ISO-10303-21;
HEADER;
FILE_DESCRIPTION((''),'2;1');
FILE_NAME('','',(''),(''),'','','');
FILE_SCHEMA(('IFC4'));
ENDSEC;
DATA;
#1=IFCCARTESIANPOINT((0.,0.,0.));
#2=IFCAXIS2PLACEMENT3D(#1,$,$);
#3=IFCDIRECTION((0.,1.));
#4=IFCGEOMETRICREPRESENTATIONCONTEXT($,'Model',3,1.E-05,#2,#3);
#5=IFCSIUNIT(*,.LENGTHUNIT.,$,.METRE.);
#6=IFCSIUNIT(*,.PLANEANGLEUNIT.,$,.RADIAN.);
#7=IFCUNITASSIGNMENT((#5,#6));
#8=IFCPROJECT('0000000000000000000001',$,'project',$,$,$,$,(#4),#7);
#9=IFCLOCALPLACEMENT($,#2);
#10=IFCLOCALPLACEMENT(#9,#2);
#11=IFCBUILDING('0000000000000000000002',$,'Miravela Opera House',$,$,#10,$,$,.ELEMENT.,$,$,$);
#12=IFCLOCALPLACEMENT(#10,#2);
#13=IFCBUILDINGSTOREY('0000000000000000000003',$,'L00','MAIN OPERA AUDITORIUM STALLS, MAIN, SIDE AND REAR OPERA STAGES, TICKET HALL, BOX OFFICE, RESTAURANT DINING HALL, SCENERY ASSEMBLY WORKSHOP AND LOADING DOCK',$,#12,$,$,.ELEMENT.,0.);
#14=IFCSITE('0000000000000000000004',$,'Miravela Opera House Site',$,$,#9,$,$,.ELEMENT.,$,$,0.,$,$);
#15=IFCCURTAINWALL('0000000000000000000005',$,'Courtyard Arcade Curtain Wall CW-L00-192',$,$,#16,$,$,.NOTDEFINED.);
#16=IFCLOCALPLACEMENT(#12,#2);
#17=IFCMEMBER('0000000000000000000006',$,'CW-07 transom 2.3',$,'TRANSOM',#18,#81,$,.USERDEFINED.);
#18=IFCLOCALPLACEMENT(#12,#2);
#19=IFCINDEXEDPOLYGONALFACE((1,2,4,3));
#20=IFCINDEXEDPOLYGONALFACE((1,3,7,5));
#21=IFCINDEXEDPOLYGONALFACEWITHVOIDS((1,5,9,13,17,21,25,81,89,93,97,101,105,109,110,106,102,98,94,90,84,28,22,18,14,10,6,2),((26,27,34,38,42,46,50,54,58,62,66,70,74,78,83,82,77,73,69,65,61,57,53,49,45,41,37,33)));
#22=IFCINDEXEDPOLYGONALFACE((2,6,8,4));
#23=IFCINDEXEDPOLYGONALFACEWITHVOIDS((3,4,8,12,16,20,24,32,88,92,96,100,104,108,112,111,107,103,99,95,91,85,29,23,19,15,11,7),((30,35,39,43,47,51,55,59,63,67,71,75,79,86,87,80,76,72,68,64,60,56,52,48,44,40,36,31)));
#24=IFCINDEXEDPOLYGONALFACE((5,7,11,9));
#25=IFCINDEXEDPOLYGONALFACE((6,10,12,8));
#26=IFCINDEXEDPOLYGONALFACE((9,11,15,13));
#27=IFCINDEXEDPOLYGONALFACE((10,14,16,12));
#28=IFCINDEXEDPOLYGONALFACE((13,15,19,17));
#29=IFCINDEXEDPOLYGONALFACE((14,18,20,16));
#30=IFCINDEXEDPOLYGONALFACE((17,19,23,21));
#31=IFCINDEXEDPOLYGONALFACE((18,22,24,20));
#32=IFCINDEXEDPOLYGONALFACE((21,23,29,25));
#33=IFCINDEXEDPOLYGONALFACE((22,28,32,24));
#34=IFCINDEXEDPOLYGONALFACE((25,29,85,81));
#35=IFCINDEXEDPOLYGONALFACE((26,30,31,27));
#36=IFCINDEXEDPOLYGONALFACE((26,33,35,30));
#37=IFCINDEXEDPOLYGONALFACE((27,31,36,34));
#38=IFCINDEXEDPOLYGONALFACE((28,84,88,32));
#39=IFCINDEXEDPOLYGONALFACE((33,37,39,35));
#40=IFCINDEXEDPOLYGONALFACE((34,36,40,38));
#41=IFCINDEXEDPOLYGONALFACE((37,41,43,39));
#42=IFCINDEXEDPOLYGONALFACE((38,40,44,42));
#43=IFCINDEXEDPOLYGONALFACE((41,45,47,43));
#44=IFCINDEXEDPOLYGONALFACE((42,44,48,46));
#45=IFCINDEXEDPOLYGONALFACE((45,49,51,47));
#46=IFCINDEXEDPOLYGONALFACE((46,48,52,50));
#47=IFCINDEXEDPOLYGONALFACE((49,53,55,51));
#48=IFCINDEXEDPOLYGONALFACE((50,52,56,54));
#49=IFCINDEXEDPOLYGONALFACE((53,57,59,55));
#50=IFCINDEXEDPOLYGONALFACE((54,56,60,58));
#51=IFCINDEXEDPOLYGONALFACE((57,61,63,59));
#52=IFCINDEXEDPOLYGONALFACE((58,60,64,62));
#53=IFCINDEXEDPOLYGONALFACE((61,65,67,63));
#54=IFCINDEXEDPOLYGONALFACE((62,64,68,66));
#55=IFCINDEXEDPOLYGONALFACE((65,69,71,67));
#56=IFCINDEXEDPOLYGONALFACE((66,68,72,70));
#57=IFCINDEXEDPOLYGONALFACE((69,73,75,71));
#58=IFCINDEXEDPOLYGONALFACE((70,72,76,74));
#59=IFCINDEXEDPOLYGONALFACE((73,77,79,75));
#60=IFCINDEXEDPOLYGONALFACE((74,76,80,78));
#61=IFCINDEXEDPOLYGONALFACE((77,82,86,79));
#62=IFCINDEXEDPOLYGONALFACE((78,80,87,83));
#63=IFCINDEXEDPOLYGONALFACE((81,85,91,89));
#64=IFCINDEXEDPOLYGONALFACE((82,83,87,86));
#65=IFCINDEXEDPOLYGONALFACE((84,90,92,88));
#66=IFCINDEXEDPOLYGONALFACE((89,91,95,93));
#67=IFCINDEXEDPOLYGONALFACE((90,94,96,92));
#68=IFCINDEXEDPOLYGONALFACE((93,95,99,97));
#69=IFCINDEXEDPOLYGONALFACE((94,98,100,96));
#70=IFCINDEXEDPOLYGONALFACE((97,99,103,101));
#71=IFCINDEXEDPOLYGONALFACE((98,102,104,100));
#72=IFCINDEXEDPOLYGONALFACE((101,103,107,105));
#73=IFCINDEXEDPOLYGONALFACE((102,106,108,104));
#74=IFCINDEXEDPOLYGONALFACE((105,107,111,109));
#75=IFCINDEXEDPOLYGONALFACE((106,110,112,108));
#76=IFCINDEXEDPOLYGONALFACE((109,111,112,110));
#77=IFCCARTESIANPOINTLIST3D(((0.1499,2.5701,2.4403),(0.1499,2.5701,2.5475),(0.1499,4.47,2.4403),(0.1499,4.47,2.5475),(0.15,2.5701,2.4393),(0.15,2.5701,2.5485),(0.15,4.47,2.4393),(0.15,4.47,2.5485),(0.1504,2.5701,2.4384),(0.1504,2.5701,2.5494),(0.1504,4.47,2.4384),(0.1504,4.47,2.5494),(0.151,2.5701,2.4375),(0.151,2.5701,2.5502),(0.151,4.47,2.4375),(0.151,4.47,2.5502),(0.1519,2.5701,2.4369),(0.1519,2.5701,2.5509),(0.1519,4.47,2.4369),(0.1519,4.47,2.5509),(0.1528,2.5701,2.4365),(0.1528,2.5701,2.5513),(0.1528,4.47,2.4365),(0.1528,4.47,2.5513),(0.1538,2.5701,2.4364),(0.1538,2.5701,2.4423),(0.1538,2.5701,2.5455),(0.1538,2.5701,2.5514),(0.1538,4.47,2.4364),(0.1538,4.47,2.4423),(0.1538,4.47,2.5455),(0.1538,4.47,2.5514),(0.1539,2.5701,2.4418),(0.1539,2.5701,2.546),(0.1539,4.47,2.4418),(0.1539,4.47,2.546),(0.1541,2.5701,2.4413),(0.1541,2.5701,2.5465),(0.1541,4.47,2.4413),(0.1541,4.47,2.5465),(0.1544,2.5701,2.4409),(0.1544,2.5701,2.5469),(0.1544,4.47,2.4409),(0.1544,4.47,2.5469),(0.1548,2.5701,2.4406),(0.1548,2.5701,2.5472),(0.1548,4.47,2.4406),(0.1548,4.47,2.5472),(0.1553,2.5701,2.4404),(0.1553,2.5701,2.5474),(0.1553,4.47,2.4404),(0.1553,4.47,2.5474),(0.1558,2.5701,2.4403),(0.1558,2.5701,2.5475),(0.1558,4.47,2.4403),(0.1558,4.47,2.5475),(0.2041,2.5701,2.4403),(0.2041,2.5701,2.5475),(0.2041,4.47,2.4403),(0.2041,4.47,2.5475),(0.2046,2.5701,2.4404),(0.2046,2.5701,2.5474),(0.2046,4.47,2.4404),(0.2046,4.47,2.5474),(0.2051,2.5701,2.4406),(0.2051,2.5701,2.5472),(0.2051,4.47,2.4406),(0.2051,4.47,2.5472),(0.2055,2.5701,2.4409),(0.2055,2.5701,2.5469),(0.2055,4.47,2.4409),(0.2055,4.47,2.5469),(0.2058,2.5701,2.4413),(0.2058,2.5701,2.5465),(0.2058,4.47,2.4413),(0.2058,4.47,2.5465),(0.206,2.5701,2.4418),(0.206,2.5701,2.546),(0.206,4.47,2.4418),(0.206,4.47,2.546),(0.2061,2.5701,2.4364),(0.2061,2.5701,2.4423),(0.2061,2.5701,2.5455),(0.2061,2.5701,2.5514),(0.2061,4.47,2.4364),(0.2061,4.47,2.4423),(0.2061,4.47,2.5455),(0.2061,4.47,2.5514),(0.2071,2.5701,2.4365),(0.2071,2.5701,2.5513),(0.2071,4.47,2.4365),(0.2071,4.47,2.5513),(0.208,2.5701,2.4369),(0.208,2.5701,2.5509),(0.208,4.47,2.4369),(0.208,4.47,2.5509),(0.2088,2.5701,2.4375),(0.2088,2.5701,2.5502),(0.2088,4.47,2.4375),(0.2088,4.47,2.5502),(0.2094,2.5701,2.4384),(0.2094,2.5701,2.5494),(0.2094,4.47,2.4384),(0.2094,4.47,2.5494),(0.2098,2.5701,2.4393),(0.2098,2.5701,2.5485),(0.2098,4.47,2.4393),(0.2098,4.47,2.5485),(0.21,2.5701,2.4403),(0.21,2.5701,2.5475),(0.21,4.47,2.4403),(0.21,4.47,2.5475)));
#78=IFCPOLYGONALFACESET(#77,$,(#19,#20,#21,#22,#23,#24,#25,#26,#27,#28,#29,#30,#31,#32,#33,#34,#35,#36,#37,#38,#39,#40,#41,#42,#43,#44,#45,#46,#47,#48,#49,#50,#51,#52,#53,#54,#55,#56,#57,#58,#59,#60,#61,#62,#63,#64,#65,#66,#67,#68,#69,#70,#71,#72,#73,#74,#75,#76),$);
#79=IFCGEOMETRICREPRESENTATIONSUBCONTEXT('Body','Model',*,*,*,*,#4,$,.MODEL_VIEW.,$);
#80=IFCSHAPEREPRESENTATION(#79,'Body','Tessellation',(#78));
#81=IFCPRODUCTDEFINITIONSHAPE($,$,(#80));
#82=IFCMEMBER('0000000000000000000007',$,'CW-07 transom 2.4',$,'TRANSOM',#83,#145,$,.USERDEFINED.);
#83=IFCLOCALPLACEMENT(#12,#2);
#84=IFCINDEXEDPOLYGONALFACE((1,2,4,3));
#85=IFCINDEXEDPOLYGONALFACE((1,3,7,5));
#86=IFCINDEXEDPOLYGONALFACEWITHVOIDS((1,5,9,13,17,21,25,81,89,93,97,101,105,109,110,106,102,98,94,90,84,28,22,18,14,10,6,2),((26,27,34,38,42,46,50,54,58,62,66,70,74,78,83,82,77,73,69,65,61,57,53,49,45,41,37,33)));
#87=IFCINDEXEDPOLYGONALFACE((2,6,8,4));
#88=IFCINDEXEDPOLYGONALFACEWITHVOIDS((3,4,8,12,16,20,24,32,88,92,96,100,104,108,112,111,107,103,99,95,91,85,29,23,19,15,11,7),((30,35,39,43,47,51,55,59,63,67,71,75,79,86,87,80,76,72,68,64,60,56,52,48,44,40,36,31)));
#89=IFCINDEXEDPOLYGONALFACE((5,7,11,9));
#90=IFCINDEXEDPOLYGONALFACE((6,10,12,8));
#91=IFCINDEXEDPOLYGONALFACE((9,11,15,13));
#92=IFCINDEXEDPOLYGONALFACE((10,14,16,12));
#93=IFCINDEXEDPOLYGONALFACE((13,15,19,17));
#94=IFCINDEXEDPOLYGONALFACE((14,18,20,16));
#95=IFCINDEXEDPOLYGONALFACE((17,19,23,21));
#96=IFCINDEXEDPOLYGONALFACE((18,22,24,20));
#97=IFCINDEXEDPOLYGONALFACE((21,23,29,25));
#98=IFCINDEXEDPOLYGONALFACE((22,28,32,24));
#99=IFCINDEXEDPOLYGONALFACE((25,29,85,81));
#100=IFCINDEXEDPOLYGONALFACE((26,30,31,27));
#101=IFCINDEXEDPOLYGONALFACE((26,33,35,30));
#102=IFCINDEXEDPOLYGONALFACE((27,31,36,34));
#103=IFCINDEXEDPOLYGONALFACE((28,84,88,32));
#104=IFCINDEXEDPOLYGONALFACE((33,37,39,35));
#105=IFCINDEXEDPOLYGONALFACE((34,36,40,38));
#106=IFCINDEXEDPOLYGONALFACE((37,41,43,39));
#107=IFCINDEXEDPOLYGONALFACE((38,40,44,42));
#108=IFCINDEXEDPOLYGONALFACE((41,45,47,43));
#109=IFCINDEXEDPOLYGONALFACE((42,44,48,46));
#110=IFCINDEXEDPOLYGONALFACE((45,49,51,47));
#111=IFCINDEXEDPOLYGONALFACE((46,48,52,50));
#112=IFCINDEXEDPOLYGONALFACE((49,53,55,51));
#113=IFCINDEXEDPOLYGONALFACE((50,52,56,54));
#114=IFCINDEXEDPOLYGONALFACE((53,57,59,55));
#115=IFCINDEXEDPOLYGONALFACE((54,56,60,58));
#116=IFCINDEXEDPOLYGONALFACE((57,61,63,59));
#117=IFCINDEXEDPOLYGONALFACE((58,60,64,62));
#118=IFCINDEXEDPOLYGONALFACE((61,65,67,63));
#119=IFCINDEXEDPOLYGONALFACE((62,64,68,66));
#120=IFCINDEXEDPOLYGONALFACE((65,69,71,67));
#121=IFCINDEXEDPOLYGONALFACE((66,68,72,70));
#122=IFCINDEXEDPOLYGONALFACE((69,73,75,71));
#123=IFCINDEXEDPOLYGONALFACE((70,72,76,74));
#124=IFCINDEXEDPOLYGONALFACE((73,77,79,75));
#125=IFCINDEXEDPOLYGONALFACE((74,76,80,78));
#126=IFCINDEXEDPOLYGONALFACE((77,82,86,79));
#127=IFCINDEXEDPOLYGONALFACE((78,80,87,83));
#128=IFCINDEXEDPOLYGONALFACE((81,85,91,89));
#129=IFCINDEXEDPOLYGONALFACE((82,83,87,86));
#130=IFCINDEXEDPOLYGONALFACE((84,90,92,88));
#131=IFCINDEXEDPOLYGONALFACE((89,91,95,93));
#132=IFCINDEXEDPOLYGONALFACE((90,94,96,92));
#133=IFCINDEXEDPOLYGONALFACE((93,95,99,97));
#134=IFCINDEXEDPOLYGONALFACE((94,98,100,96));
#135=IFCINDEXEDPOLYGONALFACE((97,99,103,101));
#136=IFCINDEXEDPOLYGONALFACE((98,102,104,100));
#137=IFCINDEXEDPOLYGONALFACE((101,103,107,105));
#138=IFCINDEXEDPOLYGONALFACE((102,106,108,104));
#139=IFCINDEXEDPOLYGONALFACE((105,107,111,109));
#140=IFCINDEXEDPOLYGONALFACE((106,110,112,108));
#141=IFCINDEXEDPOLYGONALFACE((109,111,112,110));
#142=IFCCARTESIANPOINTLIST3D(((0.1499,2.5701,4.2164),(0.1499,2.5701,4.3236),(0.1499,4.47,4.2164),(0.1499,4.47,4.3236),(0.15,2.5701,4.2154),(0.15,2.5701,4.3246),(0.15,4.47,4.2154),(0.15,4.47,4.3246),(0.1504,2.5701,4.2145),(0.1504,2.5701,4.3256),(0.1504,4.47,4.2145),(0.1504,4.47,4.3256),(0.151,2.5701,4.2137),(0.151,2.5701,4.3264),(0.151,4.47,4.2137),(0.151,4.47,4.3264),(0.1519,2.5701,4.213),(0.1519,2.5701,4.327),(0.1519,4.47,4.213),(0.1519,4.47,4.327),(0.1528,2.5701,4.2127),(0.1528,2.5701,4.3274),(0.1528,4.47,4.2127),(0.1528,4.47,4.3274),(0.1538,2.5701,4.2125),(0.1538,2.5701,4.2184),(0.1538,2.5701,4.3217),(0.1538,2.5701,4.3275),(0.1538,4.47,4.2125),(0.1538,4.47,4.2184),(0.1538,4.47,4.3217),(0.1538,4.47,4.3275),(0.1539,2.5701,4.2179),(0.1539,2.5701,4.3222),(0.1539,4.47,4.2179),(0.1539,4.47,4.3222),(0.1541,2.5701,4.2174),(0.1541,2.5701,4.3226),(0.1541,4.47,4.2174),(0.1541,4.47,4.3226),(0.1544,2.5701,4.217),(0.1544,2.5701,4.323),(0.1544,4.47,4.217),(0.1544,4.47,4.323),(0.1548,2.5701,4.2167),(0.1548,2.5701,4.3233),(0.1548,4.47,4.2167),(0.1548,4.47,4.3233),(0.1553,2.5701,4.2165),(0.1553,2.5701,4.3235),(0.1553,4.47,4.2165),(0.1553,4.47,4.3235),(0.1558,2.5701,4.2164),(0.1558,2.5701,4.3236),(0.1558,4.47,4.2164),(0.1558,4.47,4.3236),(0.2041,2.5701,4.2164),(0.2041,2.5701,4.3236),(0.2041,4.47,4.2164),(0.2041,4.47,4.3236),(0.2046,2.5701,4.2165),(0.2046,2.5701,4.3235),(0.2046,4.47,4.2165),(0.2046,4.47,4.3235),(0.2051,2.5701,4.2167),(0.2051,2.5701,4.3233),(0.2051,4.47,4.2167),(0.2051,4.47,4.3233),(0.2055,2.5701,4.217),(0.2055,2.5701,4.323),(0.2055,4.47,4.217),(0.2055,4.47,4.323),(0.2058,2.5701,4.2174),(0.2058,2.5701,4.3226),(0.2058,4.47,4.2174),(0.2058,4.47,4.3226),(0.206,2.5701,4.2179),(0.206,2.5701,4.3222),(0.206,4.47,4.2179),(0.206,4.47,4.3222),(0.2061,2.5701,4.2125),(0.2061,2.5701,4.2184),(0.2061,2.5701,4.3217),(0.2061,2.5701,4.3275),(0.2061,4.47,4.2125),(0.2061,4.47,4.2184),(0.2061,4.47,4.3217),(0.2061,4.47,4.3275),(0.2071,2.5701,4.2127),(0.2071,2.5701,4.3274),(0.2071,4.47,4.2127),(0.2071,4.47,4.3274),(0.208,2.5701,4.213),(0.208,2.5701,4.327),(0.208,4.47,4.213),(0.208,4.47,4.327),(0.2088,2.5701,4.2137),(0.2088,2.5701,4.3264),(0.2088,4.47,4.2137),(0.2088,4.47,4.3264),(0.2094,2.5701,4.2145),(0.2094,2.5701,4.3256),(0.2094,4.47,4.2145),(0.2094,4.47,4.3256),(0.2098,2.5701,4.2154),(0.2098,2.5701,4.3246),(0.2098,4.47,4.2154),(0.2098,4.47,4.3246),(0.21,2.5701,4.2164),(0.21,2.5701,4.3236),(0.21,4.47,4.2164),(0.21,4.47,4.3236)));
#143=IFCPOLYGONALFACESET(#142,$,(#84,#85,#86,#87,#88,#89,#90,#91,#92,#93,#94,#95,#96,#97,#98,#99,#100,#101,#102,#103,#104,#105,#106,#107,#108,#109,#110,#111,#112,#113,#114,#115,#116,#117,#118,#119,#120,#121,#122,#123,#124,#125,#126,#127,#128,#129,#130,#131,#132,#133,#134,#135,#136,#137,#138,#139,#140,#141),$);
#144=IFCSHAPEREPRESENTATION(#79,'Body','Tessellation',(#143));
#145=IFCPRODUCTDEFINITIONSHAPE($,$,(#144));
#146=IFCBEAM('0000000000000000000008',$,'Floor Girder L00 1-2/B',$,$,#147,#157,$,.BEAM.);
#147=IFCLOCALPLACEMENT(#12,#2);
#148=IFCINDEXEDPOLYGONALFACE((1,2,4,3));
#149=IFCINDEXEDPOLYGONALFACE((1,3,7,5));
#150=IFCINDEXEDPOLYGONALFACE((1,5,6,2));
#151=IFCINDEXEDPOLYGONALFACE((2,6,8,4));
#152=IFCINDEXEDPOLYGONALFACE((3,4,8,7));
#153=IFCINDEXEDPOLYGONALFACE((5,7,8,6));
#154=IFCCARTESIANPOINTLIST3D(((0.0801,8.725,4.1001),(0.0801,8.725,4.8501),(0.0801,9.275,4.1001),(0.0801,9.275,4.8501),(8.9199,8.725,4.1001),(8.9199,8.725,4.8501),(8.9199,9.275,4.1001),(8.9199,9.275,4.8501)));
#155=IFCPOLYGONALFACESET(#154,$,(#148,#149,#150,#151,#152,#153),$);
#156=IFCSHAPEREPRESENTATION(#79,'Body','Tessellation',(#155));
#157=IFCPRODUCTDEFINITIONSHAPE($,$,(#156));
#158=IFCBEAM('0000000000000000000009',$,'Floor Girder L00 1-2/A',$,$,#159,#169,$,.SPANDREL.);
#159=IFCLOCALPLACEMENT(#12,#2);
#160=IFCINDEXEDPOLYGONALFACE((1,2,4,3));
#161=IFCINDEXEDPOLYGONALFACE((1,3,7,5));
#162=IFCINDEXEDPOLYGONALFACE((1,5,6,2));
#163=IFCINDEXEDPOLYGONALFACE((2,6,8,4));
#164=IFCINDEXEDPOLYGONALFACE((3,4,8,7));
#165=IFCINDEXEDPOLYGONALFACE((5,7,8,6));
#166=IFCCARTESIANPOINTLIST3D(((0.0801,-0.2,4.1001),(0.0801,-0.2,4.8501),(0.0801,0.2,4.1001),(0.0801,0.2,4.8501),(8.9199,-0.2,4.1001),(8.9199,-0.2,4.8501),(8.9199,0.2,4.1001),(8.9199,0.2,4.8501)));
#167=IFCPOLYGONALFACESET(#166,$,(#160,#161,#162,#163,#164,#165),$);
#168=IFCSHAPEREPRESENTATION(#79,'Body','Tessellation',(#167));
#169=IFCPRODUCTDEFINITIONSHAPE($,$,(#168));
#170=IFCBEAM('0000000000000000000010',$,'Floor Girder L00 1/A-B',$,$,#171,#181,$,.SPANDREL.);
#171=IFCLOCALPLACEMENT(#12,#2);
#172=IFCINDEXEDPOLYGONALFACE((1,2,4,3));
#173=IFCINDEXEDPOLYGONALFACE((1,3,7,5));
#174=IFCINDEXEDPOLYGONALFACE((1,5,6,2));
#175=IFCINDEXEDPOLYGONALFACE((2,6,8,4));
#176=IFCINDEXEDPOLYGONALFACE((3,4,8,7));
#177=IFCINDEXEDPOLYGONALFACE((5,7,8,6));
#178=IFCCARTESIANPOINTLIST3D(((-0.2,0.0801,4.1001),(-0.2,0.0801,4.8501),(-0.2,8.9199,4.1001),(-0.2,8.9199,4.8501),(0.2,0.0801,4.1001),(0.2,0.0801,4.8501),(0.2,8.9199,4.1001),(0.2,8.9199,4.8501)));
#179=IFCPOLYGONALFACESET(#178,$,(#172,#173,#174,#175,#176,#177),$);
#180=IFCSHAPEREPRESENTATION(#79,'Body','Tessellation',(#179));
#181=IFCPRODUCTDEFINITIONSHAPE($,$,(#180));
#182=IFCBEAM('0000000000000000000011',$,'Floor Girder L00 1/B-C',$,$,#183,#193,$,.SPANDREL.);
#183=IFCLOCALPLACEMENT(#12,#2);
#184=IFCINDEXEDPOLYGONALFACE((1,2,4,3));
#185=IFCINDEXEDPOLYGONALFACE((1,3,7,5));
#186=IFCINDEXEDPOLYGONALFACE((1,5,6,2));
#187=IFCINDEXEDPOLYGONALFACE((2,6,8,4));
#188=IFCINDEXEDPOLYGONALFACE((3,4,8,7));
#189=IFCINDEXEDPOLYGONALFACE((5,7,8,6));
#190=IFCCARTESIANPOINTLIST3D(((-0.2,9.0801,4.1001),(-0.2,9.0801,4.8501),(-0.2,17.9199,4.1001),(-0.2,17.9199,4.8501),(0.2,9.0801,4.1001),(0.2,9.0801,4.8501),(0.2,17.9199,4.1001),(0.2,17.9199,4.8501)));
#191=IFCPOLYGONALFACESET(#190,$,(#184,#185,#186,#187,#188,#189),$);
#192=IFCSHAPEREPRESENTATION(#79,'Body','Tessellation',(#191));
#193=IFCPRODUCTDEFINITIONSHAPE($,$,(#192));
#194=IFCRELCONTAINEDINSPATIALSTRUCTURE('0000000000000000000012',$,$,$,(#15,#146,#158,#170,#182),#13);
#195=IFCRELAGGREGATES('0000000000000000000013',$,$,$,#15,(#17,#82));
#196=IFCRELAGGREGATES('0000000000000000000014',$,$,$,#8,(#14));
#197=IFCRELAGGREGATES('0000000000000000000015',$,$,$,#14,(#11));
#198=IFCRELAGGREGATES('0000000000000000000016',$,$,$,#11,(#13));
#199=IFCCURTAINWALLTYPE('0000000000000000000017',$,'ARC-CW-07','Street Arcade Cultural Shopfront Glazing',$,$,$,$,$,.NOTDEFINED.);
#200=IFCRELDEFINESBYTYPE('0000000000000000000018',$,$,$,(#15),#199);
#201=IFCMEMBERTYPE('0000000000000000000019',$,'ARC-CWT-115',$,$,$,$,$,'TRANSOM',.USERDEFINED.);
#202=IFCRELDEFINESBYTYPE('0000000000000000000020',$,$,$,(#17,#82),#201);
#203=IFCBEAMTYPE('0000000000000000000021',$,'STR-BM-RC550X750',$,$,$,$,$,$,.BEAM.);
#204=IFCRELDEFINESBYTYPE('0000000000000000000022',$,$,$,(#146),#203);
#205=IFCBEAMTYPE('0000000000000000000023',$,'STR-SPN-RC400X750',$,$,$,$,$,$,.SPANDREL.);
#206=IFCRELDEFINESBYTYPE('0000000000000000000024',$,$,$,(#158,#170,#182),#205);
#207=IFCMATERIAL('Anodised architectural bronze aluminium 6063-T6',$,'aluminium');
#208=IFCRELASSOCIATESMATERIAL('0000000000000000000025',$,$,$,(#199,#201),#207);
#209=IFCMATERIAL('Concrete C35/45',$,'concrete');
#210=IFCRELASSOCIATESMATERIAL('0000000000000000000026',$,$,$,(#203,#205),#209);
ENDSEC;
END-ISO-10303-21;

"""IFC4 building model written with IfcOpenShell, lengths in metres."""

from ifc_helpers import new_model, si_unit, direction, frame, origin, origin_2d, place, context, subcontext, project, spatial, rectangle, hollow_rectangle, extrude, material, material_profile, profile_set, type_object, element, aggregate, save


model = new_model("IFC4")

# Units and contexts
model_context = context("Model", 3, precision=1e-05, world=origin(), true_north=direction((0.0, 1.0)))
body_context = subcontext(model_context, "Body", "Model", "MODEL_VIEW")
ifc_project = project(units=[si_unit("LENGTHUNIT", "METRE"), si_unit("PLANEANGLEUNIT", "RADIAN")], contexts=[model_context])

# Site, building, storey
site_placement = place(None, origin())
site = spatial("IfcSite", under=ifc_project, at=site_placement, Name="Miravela Opera House Site", CompositionType="ELEMENT", RefElevation=0.0)
building_placement = place(site_placement, origin())
building = spatial("IfcBuilding", under=site, at=building_placement, Name="Miravela Opera House", CompositionType="ELEMENT")
storey_placement = place(building_placement, origin())
storey = spatial("IfcBuildingStorey", under=building, at=storey_placement, Name="L00", Description="MAIN OPERA AUDITORIUM STALLS, MAIN, SIDE AND REAR OPERA STAGES, TICKET HALL, BOX OFFICE, RESTAURANT DINING HALL, SCENERY ASSEMBLY WORKSHOP AND LOADING DOCK", CompositionType="ELEMENT", Elevation=0.0)

# Curtain wall, members
ifc_material_1 = material(Name="Anodised architectural bronze aluminium 6063-T6", Category="aluminium")
curtain_wall_type = type_object("IfcCurtainWallType", Name="ARC-CW-07", Description="Street Arcade Cultural Shopfront Glazing", PredefinedType="NOTDEFINED", material=ifc_material_1)
curtain_wall_placement = place(storey_placement, origin())
curtain_wall = element("IfcCurtainWall", 1, at=curtain_wall_placement, inside=storey, type_object=curtain_wall_type, Name="Courtyard Arcade Curtain Wall CW-L00-192", PredefinedType="NOTDEFINED")
ifc_material_profile_1 = material_profile(ifc_material_1, hollow_rectangle(XDim=0.0601, YDim=0.115, WallThickness=0.0039, InnerFilletRadius=0.002, OuterFilletRadius=0.0039, at=origin_2d()), Name="CWT-60X115")
ifc_profile_set_1 = profile_set([ifc_material_profile_1])
member_type_1 = type_object("IfcMemberType", Name="ARC-CWT-115", ElementType="TRANSOM", PredefinedType="USERDEFINED", material=ifc_profile_set_1)
member_1_placement = place(storey_placement, frame((0.1799, 2.5701, 2.4939), z_axis=(0.0, 1.0, 0.0), x_axis=(-1.0, 0.0, 0.0)))
member_1 = element("IfcMember", 2, at=member_1_placement, type_object=member_type_1, Name="CW-07 transom 2.3", ObjectType="TRANSOM", PredefinedType="USERDEFINED", context=body_context, shape_type="SweptSolid", body=[
    extrude(hollow_rectangle(XDim=0.0601, YDim=0.115, WallThickness=0.0039, InnerFilletRadius=0.002, OuterFilletRadius=0.0039, at=origin_2d()), origin(), (0.0, 0.0, 1.0), 1.8999),
])
member_2_placement = place(storey_placement, frame((0.1799, 2.5701, 4.27), z_axis=(0.0, 1.0, 0.0), x_axis=(-1.0, 0.0, 0.0)))
member_2 = element("IfcMember", 3, at=member_2_placement, type_object=member_type_1, Name="CW-07 transom 2.4", ObjectType="TRANSOM", PredefinedType="USERDEFINED", context=body_context, shape_type="SweptSolid", body=[
    extrude(hollow_rectangle(XDim=0.0601, YDim=0.115, WallThickness=0.0039, InnerFilletRadius=0.002, OuterFilletRadius=0.0039, at=origin_2d()), origin(), (0.0, 0.0, 1.0), 1.8999),
])

# Beams
ifc_material_2 = material(Name="Concrete C35/45", Category="concrete")
ifc_material_profile_2 = material_profile(ifc_material_2, rectangle(XDim=0.55, YDim=0.75, at=origin_2d()), Name="RC-BM-550X750")
ifc_profile_set_2 = profile_set([ifc_material_profile_2])
beam_type_1 = type_object("IfcBeamType", Name="STR-BM-RC550X750", PredefinedType="BEAM", material=ifc_profile_set_2)
beam_placement = place(storey_placement, frame((0.0801, 9.0, 4.4751), z_axis=(1.0, 0.0, 0.0), x_axis=(0.0, 1.0, 0.0)))
element("IfcBeam", 4, at=beam_placement, inside=storey, type_object=beam_type_1, Name="Floor Girder L00 1-2/B", PredefinedType="BEAM", context=body_context, shape_type="SweptSolid", body=[
    extrude(rectangle(XDim=0.55, YDim=0.75, at=origin_2d()), origin(), (0.0, 0.0, 1.0), 8.8398),
])
ifc_material_profile_3 = material_profile(ifc_material_2, rectangle(XDim=0.3999, YDim=0.75, at=origin_2d()), Name="RC-SPN-400X750")
ifc_profile_set_3 = profile_set([ifc_material_profile_3])
beam_type_2 = type_object("IfcBeamType", Name="STR-SPN-RC400X750", PredefinedType="SPANDREL", material=ifc_profile_set_3)
for number, where, z_axis, x_axis, name in (
    (5, (0.0801, 0.0, 4.4751), (1.0, 0.0, 0.0), (0.0, 1.0, 0.0), "Floor Girder L00 1-2/A"),
    (6, (0.0, 0.0801, 4.4751), (0.0, 1.0, 0.0), (-1.0, 0.0, 0.0), "Floor Girder L00 1/A-B"),
    (7, (0.0, 9.0801, 4.4751), (0.0, 1.0, 0.0), (-1.0, 0.0, 0.0), "Floor Girder L00 1/B-C"),
):
    element("IfcBeam", number, at=place(storey_placement, frame(where, z_axis=z_axis, x_axis=x_axis)), inside=storey, type_object=beam_type_2, Name=name, PredefinedType="SPANDREL", context=body_context, shape_type="SweptSolid", body=[
        extrude(rectangle(XDim=0.3999, YDim=0.75, at=origin_2d()), origin(), (0.0, 0.0, 1.0), 8.8398),
    ])

aggregate(curtain_wall, [member_1, member_2])

save(model, "model.ifc")
